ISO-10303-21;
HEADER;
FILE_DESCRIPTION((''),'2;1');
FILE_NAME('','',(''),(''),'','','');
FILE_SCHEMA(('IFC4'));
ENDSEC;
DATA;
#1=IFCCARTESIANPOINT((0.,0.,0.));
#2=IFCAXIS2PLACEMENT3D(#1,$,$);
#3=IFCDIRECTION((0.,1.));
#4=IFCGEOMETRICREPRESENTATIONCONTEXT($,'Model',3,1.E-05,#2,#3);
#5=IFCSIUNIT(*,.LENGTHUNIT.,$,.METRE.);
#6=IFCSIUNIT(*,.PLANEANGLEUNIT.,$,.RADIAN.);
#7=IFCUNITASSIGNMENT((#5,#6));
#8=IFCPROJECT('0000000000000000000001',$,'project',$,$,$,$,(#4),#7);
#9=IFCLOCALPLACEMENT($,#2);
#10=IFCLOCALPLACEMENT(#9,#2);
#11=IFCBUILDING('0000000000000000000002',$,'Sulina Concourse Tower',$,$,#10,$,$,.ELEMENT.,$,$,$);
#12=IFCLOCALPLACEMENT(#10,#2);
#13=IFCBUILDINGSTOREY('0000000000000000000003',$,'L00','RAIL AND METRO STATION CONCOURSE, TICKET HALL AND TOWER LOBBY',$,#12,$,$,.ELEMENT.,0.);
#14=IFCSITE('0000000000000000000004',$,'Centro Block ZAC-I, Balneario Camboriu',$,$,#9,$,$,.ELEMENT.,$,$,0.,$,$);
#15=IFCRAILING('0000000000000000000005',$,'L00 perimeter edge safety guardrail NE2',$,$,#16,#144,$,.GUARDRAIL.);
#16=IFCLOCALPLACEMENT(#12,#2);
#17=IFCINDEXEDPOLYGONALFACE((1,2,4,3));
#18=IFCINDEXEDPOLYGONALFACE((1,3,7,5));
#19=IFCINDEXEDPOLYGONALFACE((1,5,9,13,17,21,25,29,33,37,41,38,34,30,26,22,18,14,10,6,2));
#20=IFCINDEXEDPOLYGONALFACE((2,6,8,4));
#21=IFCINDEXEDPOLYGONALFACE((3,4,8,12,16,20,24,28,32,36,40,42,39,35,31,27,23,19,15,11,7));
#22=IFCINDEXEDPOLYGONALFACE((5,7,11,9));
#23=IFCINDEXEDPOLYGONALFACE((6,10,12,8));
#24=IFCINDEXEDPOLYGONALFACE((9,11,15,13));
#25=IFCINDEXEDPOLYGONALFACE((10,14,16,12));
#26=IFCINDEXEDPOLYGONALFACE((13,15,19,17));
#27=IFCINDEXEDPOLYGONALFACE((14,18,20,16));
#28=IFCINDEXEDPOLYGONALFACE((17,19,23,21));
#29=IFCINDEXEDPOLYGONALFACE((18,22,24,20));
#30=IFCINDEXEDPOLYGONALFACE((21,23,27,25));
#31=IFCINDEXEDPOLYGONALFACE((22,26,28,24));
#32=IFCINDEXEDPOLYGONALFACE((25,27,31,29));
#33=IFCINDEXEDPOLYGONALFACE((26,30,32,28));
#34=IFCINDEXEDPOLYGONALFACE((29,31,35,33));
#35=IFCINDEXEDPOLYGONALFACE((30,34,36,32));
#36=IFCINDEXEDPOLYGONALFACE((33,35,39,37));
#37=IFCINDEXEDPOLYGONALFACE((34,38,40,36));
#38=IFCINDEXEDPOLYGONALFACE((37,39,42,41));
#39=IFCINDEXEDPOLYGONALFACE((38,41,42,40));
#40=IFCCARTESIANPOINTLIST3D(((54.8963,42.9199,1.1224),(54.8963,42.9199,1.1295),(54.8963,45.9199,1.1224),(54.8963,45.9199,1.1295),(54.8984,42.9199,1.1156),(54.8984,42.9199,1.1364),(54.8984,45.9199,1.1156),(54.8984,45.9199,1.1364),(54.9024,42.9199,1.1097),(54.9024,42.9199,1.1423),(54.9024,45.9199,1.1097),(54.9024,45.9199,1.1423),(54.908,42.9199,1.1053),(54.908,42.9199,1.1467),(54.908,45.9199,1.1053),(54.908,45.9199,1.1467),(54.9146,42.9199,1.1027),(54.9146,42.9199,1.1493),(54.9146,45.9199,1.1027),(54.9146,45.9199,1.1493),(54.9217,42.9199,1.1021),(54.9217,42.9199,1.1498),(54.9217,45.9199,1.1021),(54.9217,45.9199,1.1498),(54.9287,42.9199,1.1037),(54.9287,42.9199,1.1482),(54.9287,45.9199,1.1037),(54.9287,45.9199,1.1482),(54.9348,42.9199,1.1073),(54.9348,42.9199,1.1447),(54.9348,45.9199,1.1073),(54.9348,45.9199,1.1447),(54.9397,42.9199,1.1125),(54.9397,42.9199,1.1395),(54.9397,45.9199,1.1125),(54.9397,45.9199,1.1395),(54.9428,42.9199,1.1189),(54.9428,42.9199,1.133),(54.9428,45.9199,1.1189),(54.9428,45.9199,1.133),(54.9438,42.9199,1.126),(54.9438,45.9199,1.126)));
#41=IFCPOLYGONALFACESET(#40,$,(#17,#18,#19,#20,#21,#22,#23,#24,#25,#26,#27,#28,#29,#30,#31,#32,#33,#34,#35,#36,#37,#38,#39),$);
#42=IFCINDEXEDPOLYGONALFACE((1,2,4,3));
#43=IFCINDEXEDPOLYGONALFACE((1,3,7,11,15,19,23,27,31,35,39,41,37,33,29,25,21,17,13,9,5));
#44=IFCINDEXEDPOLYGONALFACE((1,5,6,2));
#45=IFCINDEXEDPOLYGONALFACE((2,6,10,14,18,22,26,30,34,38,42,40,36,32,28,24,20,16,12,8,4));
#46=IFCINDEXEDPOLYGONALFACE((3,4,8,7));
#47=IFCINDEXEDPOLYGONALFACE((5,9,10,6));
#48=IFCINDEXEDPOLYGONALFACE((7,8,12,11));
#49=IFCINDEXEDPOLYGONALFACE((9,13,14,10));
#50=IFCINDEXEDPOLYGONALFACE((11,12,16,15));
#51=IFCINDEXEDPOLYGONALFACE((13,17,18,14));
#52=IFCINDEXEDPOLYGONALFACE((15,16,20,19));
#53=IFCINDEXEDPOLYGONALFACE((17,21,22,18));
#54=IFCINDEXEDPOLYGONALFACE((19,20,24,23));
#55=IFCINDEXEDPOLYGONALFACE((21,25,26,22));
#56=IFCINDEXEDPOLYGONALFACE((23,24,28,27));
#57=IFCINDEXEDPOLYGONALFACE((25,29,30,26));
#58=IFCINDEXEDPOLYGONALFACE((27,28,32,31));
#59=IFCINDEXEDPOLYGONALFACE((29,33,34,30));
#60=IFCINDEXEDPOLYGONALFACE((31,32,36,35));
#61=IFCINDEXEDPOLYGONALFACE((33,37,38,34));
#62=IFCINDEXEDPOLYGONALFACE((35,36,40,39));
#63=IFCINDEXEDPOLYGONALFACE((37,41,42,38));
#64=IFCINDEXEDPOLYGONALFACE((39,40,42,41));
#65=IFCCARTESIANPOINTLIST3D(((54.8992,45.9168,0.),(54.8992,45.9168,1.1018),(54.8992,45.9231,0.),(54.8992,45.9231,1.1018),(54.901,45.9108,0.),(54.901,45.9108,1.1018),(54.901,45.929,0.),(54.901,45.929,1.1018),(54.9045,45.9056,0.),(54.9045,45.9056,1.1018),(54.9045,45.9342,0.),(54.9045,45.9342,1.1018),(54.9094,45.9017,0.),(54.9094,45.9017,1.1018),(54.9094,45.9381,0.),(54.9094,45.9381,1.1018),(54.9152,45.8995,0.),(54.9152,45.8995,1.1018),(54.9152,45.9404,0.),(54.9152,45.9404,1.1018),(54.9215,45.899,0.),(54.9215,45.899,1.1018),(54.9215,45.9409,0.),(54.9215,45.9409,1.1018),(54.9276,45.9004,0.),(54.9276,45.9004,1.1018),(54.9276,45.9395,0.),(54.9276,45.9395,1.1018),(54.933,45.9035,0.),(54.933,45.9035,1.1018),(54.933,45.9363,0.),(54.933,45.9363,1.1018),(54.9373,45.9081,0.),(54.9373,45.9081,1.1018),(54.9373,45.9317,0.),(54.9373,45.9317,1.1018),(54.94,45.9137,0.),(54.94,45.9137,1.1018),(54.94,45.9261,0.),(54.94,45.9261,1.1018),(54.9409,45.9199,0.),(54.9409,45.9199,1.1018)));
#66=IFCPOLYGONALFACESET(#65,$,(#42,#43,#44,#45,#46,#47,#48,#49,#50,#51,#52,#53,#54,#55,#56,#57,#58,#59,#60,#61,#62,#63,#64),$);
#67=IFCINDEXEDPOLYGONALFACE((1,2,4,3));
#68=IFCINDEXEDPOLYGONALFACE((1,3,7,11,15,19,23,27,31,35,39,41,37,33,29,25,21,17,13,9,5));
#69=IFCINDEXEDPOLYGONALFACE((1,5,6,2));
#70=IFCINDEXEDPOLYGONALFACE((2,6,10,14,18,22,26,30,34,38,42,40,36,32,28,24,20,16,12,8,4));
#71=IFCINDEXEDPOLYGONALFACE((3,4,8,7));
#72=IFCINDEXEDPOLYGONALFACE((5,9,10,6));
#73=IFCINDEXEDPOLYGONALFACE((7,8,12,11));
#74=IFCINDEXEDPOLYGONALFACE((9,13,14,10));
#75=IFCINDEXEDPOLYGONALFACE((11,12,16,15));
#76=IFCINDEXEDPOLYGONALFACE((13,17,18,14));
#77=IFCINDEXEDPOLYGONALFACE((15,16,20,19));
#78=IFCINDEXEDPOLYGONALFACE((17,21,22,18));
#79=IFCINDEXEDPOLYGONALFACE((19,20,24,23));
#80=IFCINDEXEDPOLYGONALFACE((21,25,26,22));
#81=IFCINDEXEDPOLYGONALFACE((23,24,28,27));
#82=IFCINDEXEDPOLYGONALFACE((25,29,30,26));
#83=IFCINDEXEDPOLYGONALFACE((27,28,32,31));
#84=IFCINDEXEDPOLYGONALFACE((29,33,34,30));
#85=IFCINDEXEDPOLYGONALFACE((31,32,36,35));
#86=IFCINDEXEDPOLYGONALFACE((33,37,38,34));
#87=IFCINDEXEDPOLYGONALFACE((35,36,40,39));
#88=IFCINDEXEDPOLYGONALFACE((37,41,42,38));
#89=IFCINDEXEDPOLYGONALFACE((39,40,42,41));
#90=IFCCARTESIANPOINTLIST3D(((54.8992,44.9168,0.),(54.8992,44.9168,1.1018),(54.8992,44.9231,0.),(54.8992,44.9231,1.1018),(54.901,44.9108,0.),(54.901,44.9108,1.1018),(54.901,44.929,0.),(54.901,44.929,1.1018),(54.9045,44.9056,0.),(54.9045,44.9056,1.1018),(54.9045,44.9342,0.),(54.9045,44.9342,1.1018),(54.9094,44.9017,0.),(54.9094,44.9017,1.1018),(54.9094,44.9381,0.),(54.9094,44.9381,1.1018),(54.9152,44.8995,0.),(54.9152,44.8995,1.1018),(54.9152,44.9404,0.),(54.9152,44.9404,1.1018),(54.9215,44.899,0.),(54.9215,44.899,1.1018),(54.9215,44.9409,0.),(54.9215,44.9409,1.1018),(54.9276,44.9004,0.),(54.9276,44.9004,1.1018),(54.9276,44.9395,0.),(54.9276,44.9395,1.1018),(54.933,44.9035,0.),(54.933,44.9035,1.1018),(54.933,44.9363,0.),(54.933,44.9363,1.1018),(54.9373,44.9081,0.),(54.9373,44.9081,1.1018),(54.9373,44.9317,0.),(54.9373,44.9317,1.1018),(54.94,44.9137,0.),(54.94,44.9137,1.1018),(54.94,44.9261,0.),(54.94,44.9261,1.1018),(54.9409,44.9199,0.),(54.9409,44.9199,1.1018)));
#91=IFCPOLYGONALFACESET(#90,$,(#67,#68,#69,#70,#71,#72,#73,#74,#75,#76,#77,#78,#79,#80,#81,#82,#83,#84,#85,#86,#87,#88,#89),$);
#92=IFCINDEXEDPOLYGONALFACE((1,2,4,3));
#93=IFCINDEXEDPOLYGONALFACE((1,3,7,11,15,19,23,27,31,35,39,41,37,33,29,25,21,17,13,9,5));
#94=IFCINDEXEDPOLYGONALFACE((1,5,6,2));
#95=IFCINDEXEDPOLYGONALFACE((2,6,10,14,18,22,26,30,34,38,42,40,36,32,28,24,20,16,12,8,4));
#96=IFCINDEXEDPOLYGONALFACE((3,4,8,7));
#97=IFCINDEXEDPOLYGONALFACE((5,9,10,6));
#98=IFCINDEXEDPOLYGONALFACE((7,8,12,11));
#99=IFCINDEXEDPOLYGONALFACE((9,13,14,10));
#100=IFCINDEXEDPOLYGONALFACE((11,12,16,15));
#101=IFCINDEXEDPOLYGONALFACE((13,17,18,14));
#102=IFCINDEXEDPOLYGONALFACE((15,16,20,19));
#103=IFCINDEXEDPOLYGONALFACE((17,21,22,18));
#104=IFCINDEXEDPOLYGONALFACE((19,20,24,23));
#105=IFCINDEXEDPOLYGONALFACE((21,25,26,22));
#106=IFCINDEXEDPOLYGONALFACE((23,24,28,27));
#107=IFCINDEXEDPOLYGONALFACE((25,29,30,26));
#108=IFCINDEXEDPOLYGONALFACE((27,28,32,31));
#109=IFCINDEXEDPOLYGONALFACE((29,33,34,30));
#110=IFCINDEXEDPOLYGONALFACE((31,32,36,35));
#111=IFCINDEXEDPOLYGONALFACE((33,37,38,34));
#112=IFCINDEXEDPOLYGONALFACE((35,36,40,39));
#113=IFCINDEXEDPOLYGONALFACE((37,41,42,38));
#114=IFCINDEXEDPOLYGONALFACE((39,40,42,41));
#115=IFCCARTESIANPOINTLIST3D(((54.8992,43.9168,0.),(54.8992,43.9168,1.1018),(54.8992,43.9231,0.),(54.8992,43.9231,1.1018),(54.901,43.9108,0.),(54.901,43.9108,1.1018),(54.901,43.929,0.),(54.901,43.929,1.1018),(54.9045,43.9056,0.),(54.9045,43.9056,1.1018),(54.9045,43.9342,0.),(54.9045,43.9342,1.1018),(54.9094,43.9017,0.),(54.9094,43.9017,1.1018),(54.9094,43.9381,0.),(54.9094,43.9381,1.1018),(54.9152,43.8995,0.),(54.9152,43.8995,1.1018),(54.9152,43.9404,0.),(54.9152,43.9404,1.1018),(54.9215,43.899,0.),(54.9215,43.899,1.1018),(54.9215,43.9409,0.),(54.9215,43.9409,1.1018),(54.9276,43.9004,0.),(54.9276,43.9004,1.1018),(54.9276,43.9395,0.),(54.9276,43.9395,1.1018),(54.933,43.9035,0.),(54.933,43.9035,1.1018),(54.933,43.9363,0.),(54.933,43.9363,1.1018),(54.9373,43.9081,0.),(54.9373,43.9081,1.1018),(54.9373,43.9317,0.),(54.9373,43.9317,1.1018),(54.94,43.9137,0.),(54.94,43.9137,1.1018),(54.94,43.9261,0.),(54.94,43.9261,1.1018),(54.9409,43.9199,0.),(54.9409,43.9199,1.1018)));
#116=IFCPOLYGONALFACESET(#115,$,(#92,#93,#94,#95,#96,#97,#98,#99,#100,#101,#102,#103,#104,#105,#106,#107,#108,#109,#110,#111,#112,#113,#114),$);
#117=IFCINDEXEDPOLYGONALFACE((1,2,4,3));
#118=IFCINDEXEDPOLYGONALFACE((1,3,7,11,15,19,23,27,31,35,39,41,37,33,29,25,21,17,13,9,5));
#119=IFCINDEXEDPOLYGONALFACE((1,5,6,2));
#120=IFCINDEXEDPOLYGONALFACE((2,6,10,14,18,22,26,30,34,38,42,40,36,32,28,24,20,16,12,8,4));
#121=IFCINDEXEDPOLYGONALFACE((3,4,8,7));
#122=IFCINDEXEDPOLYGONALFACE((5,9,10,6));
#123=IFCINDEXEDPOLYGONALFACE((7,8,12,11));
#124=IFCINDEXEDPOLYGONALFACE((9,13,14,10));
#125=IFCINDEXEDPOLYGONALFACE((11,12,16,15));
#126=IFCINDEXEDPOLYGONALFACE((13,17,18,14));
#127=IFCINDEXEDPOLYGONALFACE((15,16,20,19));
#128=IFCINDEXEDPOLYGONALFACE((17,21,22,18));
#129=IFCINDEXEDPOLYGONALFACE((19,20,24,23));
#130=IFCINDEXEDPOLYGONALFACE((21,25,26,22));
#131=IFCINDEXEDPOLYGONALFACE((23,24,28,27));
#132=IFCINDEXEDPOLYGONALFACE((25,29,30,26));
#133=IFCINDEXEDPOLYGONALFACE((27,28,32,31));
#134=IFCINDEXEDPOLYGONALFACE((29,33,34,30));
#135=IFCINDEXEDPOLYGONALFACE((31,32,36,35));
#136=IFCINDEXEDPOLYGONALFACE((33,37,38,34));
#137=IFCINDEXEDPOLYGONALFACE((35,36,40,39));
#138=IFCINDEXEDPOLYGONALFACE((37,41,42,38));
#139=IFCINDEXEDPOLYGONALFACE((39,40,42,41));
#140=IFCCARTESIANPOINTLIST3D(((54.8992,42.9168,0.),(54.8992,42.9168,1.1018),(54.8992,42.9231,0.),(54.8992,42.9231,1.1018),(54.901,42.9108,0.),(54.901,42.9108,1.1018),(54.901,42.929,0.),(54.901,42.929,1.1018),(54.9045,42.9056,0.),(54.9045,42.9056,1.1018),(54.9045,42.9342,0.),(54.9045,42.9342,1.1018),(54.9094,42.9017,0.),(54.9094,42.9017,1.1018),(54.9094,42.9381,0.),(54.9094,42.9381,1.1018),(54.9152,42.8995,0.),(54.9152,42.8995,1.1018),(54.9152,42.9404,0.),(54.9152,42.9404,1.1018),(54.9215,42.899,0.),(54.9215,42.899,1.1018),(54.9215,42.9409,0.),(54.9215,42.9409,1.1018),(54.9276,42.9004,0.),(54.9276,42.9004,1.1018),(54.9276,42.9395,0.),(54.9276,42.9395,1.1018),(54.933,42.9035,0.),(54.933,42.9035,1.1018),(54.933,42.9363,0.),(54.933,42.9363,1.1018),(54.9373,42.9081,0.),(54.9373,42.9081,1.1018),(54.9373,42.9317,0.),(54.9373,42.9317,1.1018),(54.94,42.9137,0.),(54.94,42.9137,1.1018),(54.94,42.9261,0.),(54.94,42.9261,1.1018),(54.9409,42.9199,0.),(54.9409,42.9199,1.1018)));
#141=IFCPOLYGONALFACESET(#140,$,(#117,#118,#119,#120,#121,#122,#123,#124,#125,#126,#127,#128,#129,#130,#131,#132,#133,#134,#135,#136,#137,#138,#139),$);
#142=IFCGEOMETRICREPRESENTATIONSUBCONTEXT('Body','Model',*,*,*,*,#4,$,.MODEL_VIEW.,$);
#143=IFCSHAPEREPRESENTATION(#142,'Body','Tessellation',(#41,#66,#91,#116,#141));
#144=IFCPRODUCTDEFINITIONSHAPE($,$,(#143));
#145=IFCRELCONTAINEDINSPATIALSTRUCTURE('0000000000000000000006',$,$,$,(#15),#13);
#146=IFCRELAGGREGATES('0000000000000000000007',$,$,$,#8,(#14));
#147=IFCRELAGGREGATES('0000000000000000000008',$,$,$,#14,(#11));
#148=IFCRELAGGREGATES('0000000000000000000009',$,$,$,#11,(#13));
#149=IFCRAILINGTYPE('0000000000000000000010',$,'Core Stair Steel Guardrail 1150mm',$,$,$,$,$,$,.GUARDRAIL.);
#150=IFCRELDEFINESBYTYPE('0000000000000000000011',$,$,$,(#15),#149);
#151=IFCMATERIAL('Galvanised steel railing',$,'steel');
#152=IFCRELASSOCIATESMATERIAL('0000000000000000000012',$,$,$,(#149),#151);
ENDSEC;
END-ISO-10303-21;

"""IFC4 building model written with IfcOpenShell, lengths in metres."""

from ifc_helpers import new_model, si_unit, direction, frame, origin, origin_2d, place, context, subcontext, project, spatial, circle, extrude, material, type_object, element, save


model = new_model("IFC4")

# Units and contexts
model_context = context("Model", 3, precision=1e-05, world=origin(), true_north=direction((0.0, 1.0)))
body_context = subcontext(model_context, "Body", "Model", "MODEL_VIEW")
ifc_project = project(units=[si_unit("LENGTHUNIT", "METRE"), si_unit("PLANEANGLEUNIT", "RADIAN")], contexts=[model_context])

# Site, building, storey
site_placement = place(None, origin())
site = spatial("IfcSite", under=ifc_project, at=site_placement, Name="Centro Block ZAC-I, Balneario Camboriu", CompositionType="ELEMENT", RefElevation=0.0)
building_placement = place(site_placement, origin())
building = spatial("IfcBuilding", under=site, at=building_placement, Name="Sulina Concourse Tower", CompositionType="ELEMENT")
storey_placement = place(building_placement, origin())
storey = spatial("IfcBuildingStorey", under=building, at=storey_placement, Name="L00", Description="RAIL AND METRO STATION CONCOURSE, TICKET HALL AND TOWER LOBBY", CompositionType="ELEMENT", Elevation=0.0)

# Railing
ifc_material_1 = material(Name="Galvanised steel railing", Category="steel")
railing_type_1 = type_object("IfcRailingType", Name="Core Stair Steel Guardrail 1150mm", PredefinedType="GUARDRAIL", material=ifc_material_1)
railing_1_placement = place(storey_placement, frame((54.9199, 45.9199, 0.0)))
element("IfcRailing", 1, at=railing_1_placement, inside=storey, type_object=railing_type_1, Name="L00 perimeter edge safety guardrail NE2", PredefinedType="GUARDRAIL", context=body_context, shape_type="SweptSolid", body=[
    extrude(circle(Radius=0.0239, at=origin_2d()), frame((0.0, 0.0, 1.126), z_axis=(0.0, -1.0, 0.0), x_axis=(1.0, 0.0, 0.0)), (0.0, 0.0, 1.0), 3.0),
    extrude(circle(Radius=0.021, at=origin_2d()), origin(), (0.0, 0.0, 1.0), 1.1018),
    extrude(circle(Radius=0.021, at=origin_2d()), frame((0.0, -1.0, 0.0)), (0.0, 0.0, 1.0), 1.1018),
    extrude(circle(Radius=0.021, at=origin_2d()), frame((0.0, -2.0, 0.0)), (0.0, 0.0, 1.0), 1.1018),
    extrude(circle(Radius=0.021, at=origin_2d()), frame((0.0, -3.0, 0.0)), (0.0, 0.0, 1.0), 1.1018),
])

save(model, "model.ifc")
